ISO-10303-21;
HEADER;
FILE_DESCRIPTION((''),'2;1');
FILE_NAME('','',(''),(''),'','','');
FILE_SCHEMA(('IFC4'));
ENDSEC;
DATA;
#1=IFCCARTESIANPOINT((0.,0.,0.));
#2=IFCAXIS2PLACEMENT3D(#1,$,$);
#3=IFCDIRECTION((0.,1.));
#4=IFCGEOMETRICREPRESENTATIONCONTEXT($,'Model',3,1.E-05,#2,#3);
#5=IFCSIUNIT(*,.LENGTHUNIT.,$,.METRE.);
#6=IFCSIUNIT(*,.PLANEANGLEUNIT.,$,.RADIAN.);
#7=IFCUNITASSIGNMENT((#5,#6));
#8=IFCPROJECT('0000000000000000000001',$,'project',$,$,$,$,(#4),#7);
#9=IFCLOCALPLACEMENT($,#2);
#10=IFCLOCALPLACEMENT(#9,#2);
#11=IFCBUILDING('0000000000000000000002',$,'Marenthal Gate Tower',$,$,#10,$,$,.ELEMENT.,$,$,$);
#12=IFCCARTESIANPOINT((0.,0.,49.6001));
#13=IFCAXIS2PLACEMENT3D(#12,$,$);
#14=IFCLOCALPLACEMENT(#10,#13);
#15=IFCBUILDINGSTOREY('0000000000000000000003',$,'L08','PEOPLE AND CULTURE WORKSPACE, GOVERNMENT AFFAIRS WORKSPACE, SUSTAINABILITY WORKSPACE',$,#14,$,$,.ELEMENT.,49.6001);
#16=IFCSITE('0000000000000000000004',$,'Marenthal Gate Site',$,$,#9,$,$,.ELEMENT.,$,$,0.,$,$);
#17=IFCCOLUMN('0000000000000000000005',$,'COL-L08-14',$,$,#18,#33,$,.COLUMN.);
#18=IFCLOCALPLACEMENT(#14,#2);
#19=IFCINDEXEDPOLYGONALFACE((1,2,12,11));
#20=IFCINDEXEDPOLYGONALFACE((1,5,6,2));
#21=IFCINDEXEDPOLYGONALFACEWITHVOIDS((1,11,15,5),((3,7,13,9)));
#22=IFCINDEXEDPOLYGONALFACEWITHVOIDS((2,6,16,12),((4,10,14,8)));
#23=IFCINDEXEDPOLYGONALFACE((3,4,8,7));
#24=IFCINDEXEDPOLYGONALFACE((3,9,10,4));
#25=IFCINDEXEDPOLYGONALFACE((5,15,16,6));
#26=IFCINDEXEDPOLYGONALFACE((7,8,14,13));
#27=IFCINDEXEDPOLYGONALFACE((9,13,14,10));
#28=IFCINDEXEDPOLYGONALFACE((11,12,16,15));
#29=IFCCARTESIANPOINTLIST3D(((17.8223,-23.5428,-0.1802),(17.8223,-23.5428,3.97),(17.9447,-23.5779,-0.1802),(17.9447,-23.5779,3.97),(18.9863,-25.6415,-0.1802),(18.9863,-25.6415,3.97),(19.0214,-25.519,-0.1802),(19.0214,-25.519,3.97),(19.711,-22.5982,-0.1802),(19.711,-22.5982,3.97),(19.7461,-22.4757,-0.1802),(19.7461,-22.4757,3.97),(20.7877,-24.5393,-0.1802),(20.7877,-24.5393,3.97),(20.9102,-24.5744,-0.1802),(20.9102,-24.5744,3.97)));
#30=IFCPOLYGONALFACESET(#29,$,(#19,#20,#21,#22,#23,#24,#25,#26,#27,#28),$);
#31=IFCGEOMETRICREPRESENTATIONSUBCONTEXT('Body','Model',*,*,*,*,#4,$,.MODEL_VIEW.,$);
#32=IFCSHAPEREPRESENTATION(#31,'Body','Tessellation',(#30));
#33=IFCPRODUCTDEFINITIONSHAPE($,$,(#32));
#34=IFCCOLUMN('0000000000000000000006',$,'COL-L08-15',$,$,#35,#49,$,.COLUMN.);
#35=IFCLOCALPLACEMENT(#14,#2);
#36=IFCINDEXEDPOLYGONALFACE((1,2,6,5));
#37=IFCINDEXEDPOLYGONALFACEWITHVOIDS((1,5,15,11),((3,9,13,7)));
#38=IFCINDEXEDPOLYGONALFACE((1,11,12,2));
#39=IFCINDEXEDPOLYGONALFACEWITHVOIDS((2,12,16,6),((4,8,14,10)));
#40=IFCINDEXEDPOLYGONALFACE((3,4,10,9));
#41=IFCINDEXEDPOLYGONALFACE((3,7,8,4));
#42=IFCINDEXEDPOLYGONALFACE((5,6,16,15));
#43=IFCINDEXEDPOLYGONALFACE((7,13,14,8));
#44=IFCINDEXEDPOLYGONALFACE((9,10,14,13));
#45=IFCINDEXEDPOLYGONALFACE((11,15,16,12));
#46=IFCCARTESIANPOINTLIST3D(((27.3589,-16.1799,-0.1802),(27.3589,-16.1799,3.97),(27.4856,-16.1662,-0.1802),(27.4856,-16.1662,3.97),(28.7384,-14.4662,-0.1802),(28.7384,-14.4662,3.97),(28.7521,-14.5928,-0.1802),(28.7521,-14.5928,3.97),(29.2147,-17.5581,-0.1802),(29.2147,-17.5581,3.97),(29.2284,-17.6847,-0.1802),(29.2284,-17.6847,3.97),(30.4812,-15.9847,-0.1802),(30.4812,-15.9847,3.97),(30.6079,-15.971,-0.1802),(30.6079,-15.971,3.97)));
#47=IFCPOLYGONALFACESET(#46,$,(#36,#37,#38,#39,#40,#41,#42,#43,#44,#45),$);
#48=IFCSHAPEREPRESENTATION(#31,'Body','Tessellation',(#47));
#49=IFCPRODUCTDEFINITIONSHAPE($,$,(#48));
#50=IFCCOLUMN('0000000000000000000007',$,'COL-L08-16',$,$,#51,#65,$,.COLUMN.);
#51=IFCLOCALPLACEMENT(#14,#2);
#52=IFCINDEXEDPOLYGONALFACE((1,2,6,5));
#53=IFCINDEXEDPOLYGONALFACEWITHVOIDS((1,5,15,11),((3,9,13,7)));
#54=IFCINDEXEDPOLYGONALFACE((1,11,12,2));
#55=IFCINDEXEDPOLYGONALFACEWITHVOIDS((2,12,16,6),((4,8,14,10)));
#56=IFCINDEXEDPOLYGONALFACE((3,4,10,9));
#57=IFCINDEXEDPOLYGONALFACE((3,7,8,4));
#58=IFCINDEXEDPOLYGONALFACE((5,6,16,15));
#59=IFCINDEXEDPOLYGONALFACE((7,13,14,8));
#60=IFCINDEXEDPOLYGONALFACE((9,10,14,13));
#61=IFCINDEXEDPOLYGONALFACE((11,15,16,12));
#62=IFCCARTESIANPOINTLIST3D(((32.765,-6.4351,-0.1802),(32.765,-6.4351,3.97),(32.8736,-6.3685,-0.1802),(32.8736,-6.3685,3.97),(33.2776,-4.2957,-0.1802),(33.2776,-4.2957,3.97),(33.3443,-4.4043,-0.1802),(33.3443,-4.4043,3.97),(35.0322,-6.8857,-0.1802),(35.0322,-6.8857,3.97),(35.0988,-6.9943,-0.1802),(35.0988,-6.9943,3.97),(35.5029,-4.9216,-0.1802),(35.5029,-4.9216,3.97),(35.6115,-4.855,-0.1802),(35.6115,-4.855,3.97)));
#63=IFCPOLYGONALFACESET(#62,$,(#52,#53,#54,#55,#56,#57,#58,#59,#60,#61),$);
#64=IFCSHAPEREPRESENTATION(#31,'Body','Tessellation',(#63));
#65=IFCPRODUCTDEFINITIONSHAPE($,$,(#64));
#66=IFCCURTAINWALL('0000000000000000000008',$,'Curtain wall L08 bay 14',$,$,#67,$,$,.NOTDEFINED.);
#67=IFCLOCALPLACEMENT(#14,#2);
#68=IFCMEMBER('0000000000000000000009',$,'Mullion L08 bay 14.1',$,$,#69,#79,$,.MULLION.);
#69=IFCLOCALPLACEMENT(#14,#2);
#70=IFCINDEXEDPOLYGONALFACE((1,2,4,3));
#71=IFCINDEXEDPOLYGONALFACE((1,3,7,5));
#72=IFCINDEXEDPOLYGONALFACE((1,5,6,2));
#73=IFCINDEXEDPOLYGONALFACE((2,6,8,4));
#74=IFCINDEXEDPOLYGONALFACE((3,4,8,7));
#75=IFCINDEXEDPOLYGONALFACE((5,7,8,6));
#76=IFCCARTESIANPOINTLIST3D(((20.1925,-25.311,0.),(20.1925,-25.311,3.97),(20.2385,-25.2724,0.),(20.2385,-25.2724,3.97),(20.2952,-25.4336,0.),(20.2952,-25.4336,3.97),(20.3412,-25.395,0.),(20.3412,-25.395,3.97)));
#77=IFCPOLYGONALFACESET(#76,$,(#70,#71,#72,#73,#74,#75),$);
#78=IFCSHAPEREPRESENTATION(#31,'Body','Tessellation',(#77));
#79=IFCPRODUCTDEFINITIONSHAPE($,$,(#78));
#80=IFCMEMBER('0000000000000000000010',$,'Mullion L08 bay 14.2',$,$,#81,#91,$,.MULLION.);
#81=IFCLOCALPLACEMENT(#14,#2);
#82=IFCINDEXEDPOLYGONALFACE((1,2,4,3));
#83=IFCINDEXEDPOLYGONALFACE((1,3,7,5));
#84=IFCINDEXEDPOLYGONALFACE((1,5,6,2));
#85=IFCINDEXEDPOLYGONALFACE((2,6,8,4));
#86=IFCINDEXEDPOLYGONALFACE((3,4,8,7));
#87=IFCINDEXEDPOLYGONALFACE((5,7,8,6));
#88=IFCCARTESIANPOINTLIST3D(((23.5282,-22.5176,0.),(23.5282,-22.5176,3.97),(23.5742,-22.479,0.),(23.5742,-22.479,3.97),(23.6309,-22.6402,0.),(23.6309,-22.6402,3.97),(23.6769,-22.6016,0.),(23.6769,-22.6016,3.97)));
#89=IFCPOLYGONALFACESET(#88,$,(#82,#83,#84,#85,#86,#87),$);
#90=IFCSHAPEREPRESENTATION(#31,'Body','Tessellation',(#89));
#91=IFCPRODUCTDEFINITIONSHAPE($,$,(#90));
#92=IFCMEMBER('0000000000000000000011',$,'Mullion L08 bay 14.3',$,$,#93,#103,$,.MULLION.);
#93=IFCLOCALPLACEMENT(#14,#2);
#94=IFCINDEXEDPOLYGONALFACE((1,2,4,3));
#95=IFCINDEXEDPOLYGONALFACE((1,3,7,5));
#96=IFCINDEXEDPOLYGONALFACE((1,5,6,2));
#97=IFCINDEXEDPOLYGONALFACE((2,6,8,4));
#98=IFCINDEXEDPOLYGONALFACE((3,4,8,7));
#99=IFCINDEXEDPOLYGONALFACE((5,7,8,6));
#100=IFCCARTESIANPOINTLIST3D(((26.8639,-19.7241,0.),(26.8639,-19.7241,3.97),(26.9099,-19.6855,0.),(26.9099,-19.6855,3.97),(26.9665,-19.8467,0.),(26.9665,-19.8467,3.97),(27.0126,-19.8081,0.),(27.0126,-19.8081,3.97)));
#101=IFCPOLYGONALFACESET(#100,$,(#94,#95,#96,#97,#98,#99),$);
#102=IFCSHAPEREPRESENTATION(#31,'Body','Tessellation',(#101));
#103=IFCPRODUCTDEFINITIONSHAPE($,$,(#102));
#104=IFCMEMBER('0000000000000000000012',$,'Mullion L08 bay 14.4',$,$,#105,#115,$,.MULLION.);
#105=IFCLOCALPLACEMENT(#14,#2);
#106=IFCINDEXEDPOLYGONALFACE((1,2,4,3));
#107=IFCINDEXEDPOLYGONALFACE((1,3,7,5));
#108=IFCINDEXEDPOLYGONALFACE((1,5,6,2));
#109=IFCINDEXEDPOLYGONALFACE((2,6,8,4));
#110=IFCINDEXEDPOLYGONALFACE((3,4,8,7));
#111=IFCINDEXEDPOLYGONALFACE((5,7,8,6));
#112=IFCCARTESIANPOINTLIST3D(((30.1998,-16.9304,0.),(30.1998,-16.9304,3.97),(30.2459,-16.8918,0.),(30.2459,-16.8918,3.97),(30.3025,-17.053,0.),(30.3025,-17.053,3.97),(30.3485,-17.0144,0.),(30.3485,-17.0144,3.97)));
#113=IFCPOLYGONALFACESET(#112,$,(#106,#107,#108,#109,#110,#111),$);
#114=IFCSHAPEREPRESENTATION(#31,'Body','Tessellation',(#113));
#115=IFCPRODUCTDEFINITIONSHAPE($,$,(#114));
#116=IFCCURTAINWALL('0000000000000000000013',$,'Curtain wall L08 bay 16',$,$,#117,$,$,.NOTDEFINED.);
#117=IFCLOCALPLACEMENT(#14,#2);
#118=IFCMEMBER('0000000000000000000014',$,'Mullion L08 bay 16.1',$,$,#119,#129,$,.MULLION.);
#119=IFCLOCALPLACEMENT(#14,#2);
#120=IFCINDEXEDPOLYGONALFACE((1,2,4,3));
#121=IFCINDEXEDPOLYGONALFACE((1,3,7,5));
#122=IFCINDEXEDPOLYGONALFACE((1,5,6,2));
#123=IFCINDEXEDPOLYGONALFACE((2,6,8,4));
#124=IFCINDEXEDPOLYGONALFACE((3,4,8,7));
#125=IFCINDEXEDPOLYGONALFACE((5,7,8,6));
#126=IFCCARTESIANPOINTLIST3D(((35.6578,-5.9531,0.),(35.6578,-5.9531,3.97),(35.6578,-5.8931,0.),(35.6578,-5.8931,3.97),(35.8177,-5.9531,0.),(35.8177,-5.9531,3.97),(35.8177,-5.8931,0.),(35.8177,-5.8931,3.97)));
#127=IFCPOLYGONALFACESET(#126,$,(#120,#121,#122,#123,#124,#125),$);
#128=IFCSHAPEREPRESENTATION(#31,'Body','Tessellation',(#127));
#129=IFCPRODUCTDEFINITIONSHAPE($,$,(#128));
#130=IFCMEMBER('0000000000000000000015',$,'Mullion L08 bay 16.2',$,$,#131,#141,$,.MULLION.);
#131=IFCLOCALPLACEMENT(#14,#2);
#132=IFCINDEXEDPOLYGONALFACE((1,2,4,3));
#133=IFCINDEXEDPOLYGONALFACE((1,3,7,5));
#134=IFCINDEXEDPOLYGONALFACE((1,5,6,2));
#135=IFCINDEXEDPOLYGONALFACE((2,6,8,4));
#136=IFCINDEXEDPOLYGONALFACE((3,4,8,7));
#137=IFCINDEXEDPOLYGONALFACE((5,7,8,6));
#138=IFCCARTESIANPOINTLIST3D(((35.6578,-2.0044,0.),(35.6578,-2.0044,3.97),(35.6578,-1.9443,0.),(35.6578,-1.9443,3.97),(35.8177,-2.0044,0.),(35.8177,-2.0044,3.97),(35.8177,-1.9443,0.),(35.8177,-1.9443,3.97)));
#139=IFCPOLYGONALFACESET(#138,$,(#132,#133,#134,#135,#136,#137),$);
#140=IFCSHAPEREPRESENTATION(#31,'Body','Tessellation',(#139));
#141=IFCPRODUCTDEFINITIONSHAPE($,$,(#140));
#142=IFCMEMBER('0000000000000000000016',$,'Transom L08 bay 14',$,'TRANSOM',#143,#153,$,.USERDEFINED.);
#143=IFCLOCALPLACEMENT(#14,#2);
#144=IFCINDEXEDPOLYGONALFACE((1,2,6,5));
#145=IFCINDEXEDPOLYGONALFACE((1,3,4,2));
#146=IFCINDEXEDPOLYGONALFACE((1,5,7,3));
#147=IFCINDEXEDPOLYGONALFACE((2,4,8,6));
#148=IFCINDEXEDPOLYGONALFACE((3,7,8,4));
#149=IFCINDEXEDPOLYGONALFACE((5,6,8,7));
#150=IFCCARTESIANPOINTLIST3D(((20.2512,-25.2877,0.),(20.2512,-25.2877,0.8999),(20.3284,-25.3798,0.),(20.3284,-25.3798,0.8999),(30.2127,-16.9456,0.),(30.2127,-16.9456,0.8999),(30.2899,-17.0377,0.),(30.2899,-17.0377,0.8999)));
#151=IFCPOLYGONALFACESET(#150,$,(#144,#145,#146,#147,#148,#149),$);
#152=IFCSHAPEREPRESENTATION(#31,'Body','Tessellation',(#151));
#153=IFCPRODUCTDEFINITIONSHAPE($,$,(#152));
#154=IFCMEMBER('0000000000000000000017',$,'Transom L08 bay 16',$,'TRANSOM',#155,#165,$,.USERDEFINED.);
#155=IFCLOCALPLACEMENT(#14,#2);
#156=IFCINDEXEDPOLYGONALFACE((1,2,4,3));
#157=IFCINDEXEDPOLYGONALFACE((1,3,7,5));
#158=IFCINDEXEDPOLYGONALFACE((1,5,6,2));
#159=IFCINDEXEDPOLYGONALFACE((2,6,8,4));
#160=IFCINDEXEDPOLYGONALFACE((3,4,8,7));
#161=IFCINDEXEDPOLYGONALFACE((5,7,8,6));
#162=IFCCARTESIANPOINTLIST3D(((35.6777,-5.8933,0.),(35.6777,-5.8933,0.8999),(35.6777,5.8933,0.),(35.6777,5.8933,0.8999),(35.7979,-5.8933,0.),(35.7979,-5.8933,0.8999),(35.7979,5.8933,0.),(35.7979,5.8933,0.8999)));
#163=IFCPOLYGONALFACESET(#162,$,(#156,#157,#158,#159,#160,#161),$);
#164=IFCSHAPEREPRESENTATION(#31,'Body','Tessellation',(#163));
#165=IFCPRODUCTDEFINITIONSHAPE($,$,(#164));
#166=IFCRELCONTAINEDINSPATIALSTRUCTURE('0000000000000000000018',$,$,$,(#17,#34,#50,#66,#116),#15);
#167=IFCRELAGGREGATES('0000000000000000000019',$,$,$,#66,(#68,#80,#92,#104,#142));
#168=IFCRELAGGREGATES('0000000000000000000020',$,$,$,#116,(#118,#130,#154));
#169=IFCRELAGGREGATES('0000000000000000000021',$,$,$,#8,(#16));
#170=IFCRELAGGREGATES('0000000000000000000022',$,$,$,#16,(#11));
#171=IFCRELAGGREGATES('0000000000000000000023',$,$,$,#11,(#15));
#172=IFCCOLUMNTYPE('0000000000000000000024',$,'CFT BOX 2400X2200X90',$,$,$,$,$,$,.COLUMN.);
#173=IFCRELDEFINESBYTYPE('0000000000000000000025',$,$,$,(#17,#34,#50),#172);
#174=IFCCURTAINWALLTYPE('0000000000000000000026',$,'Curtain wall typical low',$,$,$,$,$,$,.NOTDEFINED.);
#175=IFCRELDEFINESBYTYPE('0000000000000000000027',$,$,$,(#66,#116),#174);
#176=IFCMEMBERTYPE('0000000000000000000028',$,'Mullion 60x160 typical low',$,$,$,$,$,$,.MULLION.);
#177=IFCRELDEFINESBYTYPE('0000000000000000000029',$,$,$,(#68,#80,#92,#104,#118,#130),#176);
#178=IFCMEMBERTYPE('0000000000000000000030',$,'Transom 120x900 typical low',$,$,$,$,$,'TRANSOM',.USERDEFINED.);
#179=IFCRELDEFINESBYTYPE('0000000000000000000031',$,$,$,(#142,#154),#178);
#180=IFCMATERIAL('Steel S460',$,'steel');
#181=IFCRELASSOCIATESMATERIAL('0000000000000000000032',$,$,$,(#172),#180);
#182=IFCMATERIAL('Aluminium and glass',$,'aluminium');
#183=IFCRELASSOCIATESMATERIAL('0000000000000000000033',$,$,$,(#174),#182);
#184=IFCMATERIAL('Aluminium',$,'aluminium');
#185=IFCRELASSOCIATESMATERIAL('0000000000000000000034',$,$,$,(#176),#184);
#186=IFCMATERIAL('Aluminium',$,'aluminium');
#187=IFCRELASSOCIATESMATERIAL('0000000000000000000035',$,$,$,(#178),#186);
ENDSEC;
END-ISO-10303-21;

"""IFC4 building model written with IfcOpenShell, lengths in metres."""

from ifc_helpers import new_model, si_unit, direction, frame, origin, origin_2d, place, context, subcontext, project, spatial, rectangle, hollow_rectangle, extrude, material, material_profile, profile_set, type_object, element, aggregate, save


model = new_model("IFC4")

# Units and contexts
model_context = context("Model", 3, precision=1e-05, world=origin(), true_north=direction((0.0, 1.0)))
body_context = subcontext(model_context, "Body", "Model", "MODEL_VIEW")
ifc_project = project(units=[si_unit("LENGTHUNIT", "METRE"), si_unit("PLANEANGLEUNIT", "RADIAN")], contexts=[model_context])

# Site, building, storey
site_placement = place(None, origin())
site = spatial("IfcSite", under=ifc_project, at=site_placement, Name="Marenthal Gate Site", CompositionType="ELEMENT", RefElevation=0.0)
building_placement = place(site_placement, origin())
building = spatial("IfcBuilding", under=site, at=building_placement, Name="Marenthal Gate Tower", CompositionType="ELEMENT")
storey_placement = place(building_placement, frame((0.0, 0.0, 49.6001)))
storey = spatial("IfcBuildingStorey", under=building, at=storey_placement, Name="L08", Description="PEOPLE AND CULTURE WORKSPACE, GOVERNMENT AFFAIRS WORKSPACE, SUSTAINABILITY WORKSPACE", CompositionType="ELEMENT", Elevation=49.6001)

# Columns
ifc_material_1 = material(Name="Steel S460", Category="steel")
ifc_material_profile_1 = material_profile(ifc_material_1, hollow_rectangle(XDim=2.2, YDim=2.3999, WallThickness=0.0901, at=origin_2d()), Name="CFT BOX 2400X2200X90")
ifc_material_2 = material(Name="Concrete 70 MPa", Category="concrete")
ifc_material_profile_2 = material_profile(ifc_material_2, rectangle(XDim=2.02, YDim=2.22, at=origin_2d()), Name="CFT BOX 2400X2200X90 INFILL")
ifc_profile_set_1 = profile_set([ifc_material_profile_1, ifc_material_profile_2], Name="Steel S460 shell, Concrete 70 MPa infill")
column_type = type_object("IfcColumnType", Name="CFT BOX 2400X2200X90", PredefinedType="COLUMN", material=ifc_profile_set_1)
for number, where, z_axis, x_axis, name in (
    (1, (19.3662, -24.0586, -0.1802), (0.0, 0.0, 1.0), (-0.874496, -0.485032, 0.0), "COL-L08-14"),
    (2, (28.9834, -16.0754, -0.1802), (0.0, 0.0, 1.0), (-0.627046, -0.778982, 0.0), "COL-L08-15"),
    (3, (34.1882, -5.645, -0.1802), (0.0, 0.0, 1.0), (-0.233033, -0.972469, 0.0), "COL-L08-16"),
):
    element("IfcColumn", number, at=place(storey_placement, frame(where, z_axis=z_axis, x_axis=x_axis)), inside=storey, type_object=column_type, Name=name, PredefinedType="COLUMN", context=body_context, shape_type="SweptSolid", body=[
        extrude(hollow_rectangle(XDim=2.2, YDim=2.3999, WallThickness=0.0901, at=origin_2d()), origin(), (0.0, 0.0, 1.0), 4.1501),
    ])

# Curtain walls, members
ifc_material_3 = material(Name="Aluminium and glass", Category="aluminium")
curtain_wall_type = type_object("IfcCurtainWallType", Name="Curtain wall typical low", PredefinedType="NOTDEFINED", material=ifc_material_3)
curtain_wall_1_placement = place(storey_placement, origin())
curtain_wall_1 = element("IfcCurtainWall", 4, at=curtain_wall_1_placement, inside=storey, type_object=curtain_wall_type, Name="Curtain wall L08 bay 14", PredefinedType="NOTDEFINED")
ifc_material_4 = material(Name="Aluminium", Category="aluminium")
ifc_material_profile_3 = material_profile(ifc_material_4, rectangle(XDim=0.1599, YDim=0.0601, at=origin_2d()), Name="60x160 aluminium mullion")
ifc_profile_set_2 = profile_set([ifc_material_profile_3], Name="Aluminium")
member_type_1 = type_object("IfcMemberType", Name="Mullion 60x160 typical low", PredefinedType="MULLION", material=ifc_profile_set_2)
member_1_placement = place(storey_placement, frame((20.2668, -25.353, 0.0), z_axis=(0.0, 0.0, 1.0), x_axis=(-0.642047, 0.766665, 0.0)))
member_1 = element("IfcMember", 5, at=member_1_placement, type_object=member_type_1, Name="Mullion L08 bay 14.1", PredefinedType="MULLION", context=body_context, shape_type="SweptSolid", body=[
    extrude(rectangle(XDim=0.1599, YDim=0.0601, at=origin_2d()), origin(), (0.0, 0.0, 1.0), 3.97),
])
member_2_placement = place(storey_placement, frame((23.6025, -22.5596, 0.0), z_axis=(0.0, 0.0, 1.0), x_axis=(-0.642047, 0.766665, 0.0)))
member_2 = element("IfcMember", 6, at=member_2_placement, type_object=member_type_1, Name="Mullion L08 bay 14.2", PredefinedType="MULLION", context=body_context, shape_type="SweptSolid", body=[
    extrude(rectangle(XDim=0.1599, YDim=0.0601, at=origin_2d()), origin(), (0.0, 0.0, 1.0), 3.97),
])
member_3_placement = place(storey_placement, frame((26.9382, -19.7661, 0.0), z_axis=(0.0, 0.0, 1.0), x_axis=(-0.642047, 0.766665, 0.0)))
member_3 = element("IfcMember", 7, at=member_3_placement, type_object=member_type_1, Name="Mullion L08 bay 14.3", PredefinedType="MULLION", context=body_context, shape_type="SweptSolid", body=[
    extrude(rectangle(XDim=0.1599, YDim=0.0601, at=origin_2d()), origin(), (0.0, 0.0, 1.0), 3.97),
])
member_4_placement = place(storey_placement, frame((30.2742, -16.9724, 0.0), z_axis=(0.0, 0.0, 1.0), x_axis=(-0.642047, 0.766665, 0.0)))
member_4 = element("IfcMember", 8, at=member_4_placement, type_object=member_type_1, Name="Mullion L08 bay 14.4", PredefinedType="MULLION", context=body_context, shape_type="SweptSolid", body=[
    extrude(rectangle(XDim=0.1599, YDim=0.0601, at=origin_2d()), origin(), (0.0, 0.0, 1.0), 3.97),
])
curtain_wall_2_placement = place(storey_placement, origin())
curtain_wall_2 = element("IfcCurtainWall", 9, at=curtain_wall_2_placement, inside=storey, type_object=curtain_wall_type, Name="Curtain wall L08 bay 16", PredefinedType="NOTDEFINED")
member_5_placement = place(storey_placement, frame((35.7378, -5.9231, 0.0), z_axis=(0.0, 0.0, 1.0), x_axis=(-1.0, 0.0, 0.0)))
member_5 = element("IfcMember", 10, at=member_5_placement, type_object=member_type_1, Name="Mullion L08 bay 16.1", PredefinedType="MULLION", context=body_context, shape_type="SweptSolid", body=[
    extrude(rectangle(XDim=0.1599, YDim=0.0601, at=origin_2d()), origin(), (0.0, 0.0, 1.0), 3.97),
])
member_6_placement = place(storey_placement, frame((35.7378, -1.9744, 0.0), z_axis=(0.0, 0.0, 1.0), x_axis=(-1.0, 0.0, 0.0)))
member_6 = element("IfcMember", 11, at=member_6_placement, type_object=member_type_1, Name="Mullion L08 bay 16.2", PredefinedType="MULLION", context=body_context, shape_type="SweptSolid", body=[
    extrude(rectangle(XDim=0.1599, YDim=0.0601, at=origin_2d()), origin(), (0.0, 0.0, 1.0), 3.97),
])

# Members
ifc_material_5 = material(Name="Aluminium", Category="aluminium")
ifc_material_profile_4 = material_profile(ifc_material_5, rectangle(XDim=0.1201, YDim=0.8999, at=origin_2d()), Name="120x900 aluminium transom")
ifc_profile_set_3 = profile_set([ifc_material_profile_4], Name="Aluminium")
member_type_2 = type_object("IfcMemberType", Name="Transom 120x900 typical low", ElementType="TRANSOM", PredefinedType="USERDEFINED", material=ifc_profile_set_3)
member_7_placement = place(storey_placement, frame((20.2898, -25.3337, 0.45), z_axis=(0.766673, 0.642038, 0.0), x_axis=(-0.642038, 0.766673, 0.0)))
member_7 = element("IfcMember", 12, at=member_7_placement, type_object=member_type_2, Name="Transom L08 bay 14", ObjectType="TRANSOM", PredefinedType="USERDEFINED", context=body_context, shape_type="SweptSolid", body=[
    extrude(rectangle(XDim=0.1201, YDim=0.8999, at=origin_2d()), origin(), (0.0, 0.0, 1.0), 12.9932),
])
member_8_placement = place(storey_placement, frame((35.7378, -5.8933, 0.45), z_axis=(0.0, 1.0, 0.0), x_axis=(-1.0, 0.0, 0.0)))
member_8 = element("IfcMember", 13, at=member_8_placement, type_object=member_type_2, Name="Transom L08 bay 16", ObjectType="TRANSOM", PredefinedType="USERDEFINED", context=body_context, shape_type="SweptSolid", body=[
    extrude(rectangle(XDim=0.1201, YDim=0.8999, at=origin_2d()), origin(), (0.0, 0.0, 1.0), 11.7866),
])

aggregate(curtain_wall_1, [member_1, member_2, member_3, member_4, member_7])
aggregate(curtain_wall_2, [member_5, member_6, member_8])

save(model, "model.ifc")
